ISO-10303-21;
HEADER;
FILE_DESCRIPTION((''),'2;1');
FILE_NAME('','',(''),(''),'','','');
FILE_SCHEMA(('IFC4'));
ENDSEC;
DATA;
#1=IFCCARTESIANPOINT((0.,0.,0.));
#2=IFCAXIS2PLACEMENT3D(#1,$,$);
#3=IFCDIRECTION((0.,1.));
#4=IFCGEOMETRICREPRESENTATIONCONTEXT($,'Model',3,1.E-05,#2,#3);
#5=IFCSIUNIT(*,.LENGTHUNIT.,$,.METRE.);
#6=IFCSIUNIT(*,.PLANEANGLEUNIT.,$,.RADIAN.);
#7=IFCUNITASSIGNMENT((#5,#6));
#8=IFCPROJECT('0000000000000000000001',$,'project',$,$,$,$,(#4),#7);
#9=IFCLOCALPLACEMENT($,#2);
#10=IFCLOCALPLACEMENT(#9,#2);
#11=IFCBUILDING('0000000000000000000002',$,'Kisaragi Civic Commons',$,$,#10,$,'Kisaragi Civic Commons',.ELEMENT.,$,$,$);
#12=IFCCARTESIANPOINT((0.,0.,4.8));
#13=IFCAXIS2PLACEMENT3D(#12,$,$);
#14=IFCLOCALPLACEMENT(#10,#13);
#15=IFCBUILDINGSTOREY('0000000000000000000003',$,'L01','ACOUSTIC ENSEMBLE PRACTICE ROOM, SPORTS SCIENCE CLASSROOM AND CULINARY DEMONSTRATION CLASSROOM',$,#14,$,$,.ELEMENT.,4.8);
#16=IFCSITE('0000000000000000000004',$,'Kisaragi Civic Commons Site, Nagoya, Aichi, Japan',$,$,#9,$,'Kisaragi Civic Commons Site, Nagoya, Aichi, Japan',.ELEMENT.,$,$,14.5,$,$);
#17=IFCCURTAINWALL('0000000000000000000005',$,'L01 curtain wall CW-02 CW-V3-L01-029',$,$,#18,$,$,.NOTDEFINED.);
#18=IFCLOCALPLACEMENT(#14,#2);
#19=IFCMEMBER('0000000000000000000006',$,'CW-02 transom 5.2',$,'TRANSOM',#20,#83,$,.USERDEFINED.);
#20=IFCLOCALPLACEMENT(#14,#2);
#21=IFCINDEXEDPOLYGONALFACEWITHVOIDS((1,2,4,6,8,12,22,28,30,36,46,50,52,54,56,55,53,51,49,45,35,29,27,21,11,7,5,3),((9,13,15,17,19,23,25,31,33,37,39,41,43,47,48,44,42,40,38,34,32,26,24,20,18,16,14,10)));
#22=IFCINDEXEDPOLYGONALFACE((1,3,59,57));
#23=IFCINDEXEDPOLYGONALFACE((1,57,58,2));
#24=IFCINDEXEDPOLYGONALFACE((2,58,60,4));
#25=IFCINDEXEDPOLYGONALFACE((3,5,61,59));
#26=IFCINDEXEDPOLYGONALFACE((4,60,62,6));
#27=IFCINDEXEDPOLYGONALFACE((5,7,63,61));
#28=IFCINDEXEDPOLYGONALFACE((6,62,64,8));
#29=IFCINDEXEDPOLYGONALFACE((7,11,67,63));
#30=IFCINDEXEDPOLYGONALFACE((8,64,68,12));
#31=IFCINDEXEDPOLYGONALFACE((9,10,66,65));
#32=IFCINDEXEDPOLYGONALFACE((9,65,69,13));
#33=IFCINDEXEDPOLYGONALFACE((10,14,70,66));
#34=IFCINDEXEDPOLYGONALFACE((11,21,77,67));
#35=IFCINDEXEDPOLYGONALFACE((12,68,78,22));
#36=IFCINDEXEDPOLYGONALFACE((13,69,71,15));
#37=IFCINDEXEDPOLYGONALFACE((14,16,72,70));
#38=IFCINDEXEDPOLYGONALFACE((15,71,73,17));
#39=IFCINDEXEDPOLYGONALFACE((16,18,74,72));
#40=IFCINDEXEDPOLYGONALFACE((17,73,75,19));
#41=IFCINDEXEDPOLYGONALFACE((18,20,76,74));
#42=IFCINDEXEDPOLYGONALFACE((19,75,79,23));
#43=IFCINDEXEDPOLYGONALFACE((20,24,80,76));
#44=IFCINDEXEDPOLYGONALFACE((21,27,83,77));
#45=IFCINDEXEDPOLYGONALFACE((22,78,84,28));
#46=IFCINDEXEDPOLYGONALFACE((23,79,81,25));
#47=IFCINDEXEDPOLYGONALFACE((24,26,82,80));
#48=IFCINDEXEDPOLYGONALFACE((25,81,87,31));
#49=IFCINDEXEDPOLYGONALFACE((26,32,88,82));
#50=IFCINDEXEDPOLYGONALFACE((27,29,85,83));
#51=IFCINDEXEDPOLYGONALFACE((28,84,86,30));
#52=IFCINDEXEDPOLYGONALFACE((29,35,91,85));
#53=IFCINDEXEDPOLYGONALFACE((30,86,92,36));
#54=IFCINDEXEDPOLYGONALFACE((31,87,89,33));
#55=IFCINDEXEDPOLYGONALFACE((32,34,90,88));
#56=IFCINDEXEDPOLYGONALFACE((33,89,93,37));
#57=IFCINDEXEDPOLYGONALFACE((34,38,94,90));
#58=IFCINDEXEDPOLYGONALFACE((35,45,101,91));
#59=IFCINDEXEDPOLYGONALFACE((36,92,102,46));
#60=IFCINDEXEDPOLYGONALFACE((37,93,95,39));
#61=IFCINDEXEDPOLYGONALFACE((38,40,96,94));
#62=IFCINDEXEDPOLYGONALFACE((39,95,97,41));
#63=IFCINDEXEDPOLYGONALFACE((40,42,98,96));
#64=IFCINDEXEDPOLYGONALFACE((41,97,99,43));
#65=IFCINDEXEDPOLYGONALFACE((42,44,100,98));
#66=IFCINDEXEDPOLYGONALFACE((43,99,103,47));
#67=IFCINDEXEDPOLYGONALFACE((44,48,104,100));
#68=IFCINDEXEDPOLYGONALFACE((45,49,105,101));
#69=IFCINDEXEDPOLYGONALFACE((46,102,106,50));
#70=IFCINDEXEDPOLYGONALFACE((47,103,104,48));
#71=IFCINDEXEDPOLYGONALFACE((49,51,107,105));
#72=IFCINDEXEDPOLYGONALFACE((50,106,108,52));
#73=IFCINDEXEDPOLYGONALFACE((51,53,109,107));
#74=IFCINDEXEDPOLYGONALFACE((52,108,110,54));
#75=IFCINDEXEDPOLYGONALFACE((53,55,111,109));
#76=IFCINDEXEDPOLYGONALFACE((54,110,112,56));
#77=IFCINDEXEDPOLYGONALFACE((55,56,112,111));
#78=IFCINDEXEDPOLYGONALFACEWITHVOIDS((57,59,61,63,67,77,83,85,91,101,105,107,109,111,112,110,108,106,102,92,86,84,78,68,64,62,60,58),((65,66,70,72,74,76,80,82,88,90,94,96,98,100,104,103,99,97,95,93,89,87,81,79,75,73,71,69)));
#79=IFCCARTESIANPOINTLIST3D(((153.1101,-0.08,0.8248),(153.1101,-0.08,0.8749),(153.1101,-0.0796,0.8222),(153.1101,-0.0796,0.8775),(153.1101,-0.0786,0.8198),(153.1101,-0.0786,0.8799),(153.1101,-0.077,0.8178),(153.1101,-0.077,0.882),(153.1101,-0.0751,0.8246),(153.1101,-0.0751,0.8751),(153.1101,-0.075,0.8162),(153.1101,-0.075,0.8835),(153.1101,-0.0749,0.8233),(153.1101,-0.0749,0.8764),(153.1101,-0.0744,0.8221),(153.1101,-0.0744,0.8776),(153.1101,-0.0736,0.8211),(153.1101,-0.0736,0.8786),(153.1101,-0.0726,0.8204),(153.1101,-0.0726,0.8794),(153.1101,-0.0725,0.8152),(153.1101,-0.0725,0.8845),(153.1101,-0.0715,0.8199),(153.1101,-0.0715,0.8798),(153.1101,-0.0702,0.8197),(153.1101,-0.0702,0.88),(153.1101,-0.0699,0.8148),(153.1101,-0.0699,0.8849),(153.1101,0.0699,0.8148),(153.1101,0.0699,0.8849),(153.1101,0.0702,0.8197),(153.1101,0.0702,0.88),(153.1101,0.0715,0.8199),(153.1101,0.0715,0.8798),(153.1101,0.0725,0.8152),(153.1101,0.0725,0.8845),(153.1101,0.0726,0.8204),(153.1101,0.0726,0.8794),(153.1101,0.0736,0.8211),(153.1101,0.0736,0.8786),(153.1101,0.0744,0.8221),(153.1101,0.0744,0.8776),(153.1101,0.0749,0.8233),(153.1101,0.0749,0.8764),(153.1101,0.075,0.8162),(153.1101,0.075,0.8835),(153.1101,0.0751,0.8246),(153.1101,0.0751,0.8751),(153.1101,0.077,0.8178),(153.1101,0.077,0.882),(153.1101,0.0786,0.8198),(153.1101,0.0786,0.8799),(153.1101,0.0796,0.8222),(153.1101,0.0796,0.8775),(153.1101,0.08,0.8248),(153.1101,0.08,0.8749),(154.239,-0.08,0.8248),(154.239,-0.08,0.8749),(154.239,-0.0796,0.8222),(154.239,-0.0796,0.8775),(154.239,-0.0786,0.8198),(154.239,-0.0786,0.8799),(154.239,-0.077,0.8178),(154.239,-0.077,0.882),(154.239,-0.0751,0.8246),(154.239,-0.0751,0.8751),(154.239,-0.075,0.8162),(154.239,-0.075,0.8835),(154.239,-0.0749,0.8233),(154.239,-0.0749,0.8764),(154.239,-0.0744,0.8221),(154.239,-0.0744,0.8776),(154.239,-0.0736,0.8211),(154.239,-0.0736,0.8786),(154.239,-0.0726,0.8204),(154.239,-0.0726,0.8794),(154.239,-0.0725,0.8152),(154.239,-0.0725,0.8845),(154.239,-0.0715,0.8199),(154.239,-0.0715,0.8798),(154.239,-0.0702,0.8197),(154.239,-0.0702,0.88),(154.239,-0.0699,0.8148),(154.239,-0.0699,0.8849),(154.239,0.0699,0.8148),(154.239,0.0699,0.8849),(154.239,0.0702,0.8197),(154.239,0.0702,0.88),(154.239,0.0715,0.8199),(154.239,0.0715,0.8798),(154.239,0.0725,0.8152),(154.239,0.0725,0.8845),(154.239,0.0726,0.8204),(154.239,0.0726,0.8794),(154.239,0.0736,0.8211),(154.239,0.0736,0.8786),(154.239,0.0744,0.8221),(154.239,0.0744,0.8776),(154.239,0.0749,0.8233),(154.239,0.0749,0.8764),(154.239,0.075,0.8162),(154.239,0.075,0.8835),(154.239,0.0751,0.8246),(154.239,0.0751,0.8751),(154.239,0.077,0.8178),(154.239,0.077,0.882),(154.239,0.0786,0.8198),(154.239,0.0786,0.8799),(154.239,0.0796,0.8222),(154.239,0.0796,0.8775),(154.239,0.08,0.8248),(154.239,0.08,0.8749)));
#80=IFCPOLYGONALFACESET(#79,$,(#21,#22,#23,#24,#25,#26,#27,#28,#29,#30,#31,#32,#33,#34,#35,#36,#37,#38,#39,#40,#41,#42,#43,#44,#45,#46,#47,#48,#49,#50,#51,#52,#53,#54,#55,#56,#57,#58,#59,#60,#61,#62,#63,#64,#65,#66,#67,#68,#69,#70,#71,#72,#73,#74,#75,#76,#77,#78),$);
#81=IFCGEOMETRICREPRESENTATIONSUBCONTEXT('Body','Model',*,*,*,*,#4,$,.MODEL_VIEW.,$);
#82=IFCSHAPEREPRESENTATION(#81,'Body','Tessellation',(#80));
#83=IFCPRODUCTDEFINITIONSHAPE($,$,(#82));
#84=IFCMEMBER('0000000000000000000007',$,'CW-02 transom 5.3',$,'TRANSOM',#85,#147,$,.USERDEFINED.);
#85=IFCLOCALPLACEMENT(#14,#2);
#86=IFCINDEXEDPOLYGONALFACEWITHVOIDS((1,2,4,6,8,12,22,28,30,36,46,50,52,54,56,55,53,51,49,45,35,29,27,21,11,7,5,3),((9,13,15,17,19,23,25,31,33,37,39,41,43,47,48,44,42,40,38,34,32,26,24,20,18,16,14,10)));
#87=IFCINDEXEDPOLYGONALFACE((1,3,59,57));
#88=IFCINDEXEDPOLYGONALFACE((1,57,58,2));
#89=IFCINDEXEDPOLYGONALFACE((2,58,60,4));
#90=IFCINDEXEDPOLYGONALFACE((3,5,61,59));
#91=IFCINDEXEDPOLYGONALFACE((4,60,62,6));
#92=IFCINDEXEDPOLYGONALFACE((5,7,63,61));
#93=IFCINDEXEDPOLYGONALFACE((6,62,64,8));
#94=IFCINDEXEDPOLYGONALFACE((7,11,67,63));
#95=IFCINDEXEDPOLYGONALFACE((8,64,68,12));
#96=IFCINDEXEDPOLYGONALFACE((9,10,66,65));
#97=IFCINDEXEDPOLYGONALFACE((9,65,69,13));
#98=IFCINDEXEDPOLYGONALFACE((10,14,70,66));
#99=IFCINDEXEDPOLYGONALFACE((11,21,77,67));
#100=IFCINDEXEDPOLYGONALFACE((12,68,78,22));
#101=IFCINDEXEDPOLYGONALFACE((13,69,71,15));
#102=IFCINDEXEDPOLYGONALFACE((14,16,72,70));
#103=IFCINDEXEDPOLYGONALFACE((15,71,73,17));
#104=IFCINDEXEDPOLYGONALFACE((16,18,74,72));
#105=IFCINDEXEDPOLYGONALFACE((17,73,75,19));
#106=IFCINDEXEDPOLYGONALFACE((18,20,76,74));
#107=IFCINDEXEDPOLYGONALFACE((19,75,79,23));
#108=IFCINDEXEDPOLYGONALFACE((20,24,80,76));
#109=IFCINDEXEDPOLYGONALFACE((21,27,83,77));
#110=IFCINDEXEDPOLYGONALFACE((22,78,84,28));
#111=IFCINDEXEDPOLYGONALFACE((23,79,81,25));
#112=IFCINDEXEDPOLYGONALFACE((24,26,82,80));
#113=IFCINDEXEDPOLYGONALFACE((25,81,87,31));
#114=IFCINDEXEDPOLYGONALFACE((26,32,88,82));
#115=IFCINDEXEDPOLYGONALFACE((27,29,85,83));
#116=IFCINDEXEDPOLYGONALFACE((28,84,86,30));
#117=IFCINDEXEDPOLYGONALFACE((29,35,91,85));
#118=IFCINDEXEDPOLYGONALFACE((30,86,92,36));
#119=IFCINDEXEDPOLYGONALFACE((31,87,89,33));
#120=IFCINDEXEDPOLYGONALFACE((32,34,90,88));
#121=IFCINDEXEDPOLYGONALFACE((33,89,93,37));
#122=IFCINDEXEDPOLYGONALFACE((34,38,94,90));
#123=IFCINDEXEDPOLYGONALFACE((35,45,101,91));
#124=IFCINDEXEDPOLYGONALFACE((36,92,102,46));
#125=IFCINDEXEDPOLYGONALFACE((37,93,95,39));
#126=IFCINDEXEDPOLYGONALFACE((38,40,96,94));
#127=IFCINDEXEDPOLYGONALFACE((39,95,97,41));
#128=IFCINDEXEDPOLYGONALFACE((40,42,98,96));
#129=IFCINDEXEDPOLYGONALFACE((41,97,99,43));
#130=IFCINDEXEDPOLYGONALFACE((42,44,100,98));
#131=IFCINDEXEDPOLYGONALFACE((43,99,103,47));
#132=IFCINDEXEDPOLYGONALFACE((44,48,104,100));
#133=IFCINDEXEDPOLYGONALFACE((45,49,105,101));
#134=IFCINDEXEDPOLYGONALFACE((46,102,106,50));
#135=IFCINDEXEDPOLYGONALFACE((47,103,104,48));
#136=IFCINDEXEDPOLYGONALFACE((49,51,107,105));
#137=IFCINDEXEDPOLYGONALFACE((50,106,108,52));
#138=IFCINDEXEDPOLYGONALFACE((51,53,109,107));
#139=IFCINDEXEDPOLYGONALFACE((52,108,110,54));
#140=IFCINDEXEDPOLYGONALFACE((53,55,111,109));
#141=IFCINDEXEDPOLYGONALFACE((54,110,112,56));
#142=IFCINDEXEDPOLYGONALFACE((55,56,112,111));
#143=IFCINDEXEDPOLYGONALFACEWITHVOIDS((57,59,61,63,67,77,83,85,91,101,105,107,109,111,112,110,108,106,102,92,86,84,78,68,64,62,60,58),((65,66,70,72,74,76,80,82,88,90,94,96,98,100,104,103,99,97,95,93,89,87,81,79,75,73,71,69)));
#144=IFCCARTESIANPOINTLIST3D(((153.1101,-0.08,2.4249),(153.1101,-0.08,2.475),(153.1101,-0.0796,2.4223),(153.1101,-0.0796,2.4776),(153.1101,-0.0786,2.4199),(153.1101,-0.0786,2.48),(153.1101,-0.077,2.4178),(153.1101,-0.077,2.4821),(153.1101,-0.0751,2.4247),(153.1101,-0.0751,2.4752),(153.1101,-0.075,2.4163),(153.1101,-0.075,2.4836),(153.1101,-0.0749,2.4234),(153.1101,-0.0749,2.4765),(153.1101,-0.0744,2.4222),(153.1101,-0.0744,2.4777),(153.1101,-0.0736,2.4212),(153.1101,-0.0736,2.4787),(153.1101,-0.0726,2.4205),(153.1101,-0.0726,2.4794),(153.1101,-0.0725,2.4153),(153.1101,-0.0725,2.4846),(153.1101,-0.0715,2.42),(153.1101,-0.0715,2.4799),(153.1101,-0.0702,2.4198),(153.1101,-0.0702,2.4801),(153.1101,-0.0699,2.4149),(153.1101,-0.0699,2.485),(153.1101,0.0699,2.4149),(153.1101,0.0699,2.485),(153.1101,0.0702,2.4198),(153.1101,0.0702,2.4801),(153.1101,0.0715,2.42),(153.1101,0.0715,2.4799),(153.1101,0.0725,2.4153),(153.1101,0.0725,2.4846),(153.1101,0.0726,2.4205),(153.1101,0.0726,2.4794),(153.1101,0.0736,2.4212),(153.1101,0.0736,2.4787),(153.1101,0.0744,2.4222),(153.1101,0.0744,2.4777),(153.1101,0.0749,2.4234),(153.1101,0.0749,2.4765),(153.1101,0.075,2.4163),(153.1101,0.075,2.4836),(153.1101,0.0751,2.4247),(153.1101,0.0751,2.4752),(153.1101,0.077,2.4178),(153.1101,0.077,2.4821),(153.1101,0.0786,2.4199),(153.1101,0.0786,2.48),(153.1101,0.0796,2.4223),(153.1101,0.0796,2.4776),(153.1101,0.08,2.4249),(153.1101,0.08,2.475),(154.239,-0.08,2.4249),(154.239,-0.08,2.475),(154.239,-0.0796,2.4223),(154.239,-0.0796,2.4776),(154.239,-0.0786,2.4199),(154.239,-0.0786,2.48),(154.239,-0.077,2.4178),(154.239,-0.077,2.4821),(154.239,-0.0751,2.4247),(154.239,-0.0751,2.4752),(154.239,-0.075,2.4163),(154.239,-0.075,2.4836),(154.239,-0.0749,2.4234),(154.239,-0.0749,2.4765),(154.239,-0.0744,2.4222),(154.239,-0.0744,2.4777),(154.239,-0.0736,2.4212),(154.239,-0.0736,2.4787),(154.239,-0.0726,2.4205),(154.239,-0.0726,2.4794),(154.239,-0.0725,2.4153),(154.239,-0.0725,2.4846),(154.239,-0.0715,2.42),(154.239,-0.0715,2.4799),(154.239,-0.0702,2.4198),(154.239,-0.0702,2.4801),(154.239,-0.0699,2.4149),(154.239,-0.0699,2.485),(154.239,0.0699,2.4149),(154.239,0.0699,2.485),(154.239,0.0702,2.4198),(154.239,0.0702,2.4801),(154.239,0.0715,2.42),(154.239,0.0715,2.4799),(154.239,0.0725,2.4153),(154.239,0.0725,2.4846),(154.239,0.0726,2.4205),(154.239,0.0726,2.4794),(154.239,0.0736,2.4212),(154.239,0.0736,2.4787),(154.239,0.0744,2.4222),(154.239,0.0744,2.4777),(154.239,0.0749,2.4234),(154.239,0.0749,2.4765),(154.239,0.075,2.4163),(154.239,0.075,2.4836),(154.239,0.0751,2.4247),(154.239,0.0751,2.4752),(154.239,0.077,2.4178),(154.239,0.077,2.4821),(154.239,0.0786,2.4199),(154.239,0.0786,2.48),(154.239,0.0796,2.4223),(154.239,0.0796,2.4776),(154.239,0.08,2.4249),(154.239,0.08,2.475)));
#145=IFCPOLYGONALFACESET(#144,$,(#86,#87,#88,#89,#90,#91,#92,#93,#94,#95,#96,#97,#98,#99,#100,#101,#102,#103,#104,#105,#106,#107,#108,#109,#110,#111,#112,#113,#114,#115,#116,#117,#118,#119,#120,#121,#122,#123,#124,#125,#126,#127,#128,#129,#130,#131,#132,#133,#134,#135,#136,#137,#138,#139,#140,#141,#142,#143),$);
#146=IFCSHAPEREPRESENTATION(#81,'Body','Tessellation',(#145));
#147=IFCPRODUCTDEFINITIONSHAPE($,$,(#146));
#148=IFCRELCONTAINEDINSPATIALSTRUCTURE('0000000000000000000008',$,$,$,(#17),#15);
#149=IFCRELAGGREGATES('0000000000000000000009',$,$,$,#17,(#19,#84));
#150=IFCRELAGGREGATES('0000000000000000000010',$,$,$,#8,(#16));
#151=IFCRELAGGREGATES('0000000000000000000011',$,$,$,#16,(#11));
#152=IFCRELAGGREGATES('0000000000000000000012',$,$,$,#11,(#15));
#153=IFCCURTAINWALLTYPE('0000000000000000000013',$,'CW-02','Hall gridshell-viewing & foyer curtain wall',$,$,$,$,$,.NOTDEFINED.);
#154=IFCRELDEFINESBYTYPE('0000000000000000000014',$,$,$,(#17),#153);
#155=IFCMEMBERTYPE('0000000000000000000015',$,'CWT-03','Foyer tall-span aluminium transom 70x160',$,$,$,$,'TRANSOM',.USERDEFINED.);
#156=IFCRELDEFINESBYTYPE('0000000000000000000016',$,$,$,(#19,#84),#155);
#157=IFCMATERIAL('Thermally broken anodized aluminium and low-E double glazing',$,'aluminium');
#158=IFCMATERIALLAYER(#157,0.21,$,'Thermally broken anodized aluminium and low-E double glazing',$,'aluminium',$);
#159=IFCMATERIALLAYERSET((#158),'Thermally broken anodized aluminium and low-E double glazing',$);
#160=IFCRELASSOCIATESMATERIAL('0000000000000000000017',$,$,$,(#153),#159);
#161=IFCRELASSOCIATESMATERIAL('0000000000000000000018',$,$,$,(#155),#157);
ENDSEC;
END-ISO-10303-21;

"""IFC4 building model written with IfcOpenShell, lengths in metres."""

from ifc_helpers import new_model, si_unit, direction, frame, origin, origin_2d, place, context, subcontext, project, spatial, hollow_rectangle, extrude, material, layer, layer_set, material_profile, profile_set, type_object, element, aggregate, save


model = new_model("IFC4")

# Units and contexts
model_context = context("Model", 3, precision=1e-05, world=origin(), true_north=direction((0.0, 1.0)))
body_context = subcontext(model_context, "Body", "Model", "MODEL_VIEW")
ifc_project = project(units=[si_unit("LENGTHUNIT", "METRE"), si_unit("PLANEANGLEUNIT", "RADIAN")], contexts=[model_context])

# Site, building, storey
site_placement = place(None, origin())
site = spatial("IfcSite", under=ifc_project, at=site_placement, Name="Kisaragi Civic Commons Site, Nagoya, Aichi, Japan", LongName="Kisaragi Civic Commons Site, Nagoya, Aichi, Japan", CompositionType="ELEMENT", RefElevation=14.5)
building_placement = place(site_placement, origin())
building = spatial("IfcBuilding", under=site, at=building_placement, Name="Kisaragi Civic Commons", LongName="Kisaragi Civic Commons", CompositionType="ELEMENT")
storey_placement = place(building_placement, frame((0.0, 0.0, 4.8)))
storey = spatial("IfcBuildingStorey", under=building, at=storey_placement, Name="L01", Description="ACOUSTIC ENSEMBLE PRACTICE ROOM, SPORTS SCIENCE CLASSROOM AND CULINARY DEMONSTRATION CLASSROOM", CompositionType="ELEMENT", Elevation=4.8)

# Curtain wall
ifc_material_1 = material(Name="Thermally broken anodized aluminium and low-E double glazing", Category="aluminium")
ifc_layer_1 = layer(ifc_material_1, 0.21, Name="Thermally broken anodized aluminium and low-E double glazing", Category="aluminium")
ifc_layer_set_1 = layer_set([ifc_layer_1], Name="Thermally broken anodized aluminium and low-E double glazing")
curtain_wall_type = type_object("IfcCurtainWallType", Name="CW-02", Description="Hall gridshell-viewing & foyer curtain wall", PredefinedType="NOTDEFINED", material=ifc_layer_set_1)
curtain_wall_1_placement = place(storey_placement, origin())
curtain_wall_1 = element("IfcCurtainWall", 1, at=curtain_wall_1_placement, inside=storey, type_object=curtain_wall_type, Name="L01 curtain wall CW-02 CW-V3-L01-029", PredefinedType="NOTDEFINED")

# Members
ifc_material_profile_1 = material_profile(ifc_material_1, hollow_rectangle(XDim=0.1599, YDim=0.0701, WallThickness=0.0049, InnerFilletRadius=0.0049, OuterFilletRadius=0.01, at=origin_2d()), Name="CWT-70x160x5", Category="aluminium")
ifc_profile_set_1 = profile_set([ifc_material_profile_1], Name="Thermally broken anodized aluminium and low-E double glazing")
member_type_1 = type_object("IfcMemberType", Name="CWT-03", Description="Foyer tall-span aluminium transom 70x160", ElementType="TRANSOM", PredefinedType="USERDEFINED", material=ifc_profile_set_1)
member_1_placement = place(storey_placement, frame((154.239, 0.0, 0.8499), z_axis=(-1.0, 0.0, 0.0), x_axis=(0.0, -1.0, 0.0)))
member_1 = element("IfcMember", 2, at=member_1_placement, type_object=member_type_1, Name="CW-02 transom 5.2", ObjectType="TRANSOM", PredefinedType="USERDEFINED", context=body_context, shape_type="SweptSolid", body=[
    extrude(hollow_rectangle(XDim=0.1599, YDim=0.0701, WallThickness=0.0049, InnerFilletRadius=0.0049, OuterFilletRadius=0.01, at=origin_2d()), origin(), (0.0, 0.0, 1.0), 1.1289),
])
member_2_placement = place(storey_placement, frame((154.239, 0.0, 2.45), z_axis=(-1.0, 0.0, 0.0), x_axis=(0.0, -1.0, 0.0)))
member_2 = element("IfcMember", 3, at=member_2_placement, type_object=member_type_1, Name="CW-02 transom 5.3", ObjectType="TRANSOM", PredefinedType="USERDEFINED", context=body_context, shape_type="SweptSolid", body=[
    extrude(hollow_rectangle(XDim=0.1599, YDim=0.0701, WallThickness=0.0049, InnerFilletRadius=0.0049, OuterFilletRadius=0.01, at=origin_2d()), origin(), (0.0, 0.0, 1.0), 1.1289),
])

aggregate(curtain_wall_1, [member_1, member_2])

save(model, "model.ifc")
